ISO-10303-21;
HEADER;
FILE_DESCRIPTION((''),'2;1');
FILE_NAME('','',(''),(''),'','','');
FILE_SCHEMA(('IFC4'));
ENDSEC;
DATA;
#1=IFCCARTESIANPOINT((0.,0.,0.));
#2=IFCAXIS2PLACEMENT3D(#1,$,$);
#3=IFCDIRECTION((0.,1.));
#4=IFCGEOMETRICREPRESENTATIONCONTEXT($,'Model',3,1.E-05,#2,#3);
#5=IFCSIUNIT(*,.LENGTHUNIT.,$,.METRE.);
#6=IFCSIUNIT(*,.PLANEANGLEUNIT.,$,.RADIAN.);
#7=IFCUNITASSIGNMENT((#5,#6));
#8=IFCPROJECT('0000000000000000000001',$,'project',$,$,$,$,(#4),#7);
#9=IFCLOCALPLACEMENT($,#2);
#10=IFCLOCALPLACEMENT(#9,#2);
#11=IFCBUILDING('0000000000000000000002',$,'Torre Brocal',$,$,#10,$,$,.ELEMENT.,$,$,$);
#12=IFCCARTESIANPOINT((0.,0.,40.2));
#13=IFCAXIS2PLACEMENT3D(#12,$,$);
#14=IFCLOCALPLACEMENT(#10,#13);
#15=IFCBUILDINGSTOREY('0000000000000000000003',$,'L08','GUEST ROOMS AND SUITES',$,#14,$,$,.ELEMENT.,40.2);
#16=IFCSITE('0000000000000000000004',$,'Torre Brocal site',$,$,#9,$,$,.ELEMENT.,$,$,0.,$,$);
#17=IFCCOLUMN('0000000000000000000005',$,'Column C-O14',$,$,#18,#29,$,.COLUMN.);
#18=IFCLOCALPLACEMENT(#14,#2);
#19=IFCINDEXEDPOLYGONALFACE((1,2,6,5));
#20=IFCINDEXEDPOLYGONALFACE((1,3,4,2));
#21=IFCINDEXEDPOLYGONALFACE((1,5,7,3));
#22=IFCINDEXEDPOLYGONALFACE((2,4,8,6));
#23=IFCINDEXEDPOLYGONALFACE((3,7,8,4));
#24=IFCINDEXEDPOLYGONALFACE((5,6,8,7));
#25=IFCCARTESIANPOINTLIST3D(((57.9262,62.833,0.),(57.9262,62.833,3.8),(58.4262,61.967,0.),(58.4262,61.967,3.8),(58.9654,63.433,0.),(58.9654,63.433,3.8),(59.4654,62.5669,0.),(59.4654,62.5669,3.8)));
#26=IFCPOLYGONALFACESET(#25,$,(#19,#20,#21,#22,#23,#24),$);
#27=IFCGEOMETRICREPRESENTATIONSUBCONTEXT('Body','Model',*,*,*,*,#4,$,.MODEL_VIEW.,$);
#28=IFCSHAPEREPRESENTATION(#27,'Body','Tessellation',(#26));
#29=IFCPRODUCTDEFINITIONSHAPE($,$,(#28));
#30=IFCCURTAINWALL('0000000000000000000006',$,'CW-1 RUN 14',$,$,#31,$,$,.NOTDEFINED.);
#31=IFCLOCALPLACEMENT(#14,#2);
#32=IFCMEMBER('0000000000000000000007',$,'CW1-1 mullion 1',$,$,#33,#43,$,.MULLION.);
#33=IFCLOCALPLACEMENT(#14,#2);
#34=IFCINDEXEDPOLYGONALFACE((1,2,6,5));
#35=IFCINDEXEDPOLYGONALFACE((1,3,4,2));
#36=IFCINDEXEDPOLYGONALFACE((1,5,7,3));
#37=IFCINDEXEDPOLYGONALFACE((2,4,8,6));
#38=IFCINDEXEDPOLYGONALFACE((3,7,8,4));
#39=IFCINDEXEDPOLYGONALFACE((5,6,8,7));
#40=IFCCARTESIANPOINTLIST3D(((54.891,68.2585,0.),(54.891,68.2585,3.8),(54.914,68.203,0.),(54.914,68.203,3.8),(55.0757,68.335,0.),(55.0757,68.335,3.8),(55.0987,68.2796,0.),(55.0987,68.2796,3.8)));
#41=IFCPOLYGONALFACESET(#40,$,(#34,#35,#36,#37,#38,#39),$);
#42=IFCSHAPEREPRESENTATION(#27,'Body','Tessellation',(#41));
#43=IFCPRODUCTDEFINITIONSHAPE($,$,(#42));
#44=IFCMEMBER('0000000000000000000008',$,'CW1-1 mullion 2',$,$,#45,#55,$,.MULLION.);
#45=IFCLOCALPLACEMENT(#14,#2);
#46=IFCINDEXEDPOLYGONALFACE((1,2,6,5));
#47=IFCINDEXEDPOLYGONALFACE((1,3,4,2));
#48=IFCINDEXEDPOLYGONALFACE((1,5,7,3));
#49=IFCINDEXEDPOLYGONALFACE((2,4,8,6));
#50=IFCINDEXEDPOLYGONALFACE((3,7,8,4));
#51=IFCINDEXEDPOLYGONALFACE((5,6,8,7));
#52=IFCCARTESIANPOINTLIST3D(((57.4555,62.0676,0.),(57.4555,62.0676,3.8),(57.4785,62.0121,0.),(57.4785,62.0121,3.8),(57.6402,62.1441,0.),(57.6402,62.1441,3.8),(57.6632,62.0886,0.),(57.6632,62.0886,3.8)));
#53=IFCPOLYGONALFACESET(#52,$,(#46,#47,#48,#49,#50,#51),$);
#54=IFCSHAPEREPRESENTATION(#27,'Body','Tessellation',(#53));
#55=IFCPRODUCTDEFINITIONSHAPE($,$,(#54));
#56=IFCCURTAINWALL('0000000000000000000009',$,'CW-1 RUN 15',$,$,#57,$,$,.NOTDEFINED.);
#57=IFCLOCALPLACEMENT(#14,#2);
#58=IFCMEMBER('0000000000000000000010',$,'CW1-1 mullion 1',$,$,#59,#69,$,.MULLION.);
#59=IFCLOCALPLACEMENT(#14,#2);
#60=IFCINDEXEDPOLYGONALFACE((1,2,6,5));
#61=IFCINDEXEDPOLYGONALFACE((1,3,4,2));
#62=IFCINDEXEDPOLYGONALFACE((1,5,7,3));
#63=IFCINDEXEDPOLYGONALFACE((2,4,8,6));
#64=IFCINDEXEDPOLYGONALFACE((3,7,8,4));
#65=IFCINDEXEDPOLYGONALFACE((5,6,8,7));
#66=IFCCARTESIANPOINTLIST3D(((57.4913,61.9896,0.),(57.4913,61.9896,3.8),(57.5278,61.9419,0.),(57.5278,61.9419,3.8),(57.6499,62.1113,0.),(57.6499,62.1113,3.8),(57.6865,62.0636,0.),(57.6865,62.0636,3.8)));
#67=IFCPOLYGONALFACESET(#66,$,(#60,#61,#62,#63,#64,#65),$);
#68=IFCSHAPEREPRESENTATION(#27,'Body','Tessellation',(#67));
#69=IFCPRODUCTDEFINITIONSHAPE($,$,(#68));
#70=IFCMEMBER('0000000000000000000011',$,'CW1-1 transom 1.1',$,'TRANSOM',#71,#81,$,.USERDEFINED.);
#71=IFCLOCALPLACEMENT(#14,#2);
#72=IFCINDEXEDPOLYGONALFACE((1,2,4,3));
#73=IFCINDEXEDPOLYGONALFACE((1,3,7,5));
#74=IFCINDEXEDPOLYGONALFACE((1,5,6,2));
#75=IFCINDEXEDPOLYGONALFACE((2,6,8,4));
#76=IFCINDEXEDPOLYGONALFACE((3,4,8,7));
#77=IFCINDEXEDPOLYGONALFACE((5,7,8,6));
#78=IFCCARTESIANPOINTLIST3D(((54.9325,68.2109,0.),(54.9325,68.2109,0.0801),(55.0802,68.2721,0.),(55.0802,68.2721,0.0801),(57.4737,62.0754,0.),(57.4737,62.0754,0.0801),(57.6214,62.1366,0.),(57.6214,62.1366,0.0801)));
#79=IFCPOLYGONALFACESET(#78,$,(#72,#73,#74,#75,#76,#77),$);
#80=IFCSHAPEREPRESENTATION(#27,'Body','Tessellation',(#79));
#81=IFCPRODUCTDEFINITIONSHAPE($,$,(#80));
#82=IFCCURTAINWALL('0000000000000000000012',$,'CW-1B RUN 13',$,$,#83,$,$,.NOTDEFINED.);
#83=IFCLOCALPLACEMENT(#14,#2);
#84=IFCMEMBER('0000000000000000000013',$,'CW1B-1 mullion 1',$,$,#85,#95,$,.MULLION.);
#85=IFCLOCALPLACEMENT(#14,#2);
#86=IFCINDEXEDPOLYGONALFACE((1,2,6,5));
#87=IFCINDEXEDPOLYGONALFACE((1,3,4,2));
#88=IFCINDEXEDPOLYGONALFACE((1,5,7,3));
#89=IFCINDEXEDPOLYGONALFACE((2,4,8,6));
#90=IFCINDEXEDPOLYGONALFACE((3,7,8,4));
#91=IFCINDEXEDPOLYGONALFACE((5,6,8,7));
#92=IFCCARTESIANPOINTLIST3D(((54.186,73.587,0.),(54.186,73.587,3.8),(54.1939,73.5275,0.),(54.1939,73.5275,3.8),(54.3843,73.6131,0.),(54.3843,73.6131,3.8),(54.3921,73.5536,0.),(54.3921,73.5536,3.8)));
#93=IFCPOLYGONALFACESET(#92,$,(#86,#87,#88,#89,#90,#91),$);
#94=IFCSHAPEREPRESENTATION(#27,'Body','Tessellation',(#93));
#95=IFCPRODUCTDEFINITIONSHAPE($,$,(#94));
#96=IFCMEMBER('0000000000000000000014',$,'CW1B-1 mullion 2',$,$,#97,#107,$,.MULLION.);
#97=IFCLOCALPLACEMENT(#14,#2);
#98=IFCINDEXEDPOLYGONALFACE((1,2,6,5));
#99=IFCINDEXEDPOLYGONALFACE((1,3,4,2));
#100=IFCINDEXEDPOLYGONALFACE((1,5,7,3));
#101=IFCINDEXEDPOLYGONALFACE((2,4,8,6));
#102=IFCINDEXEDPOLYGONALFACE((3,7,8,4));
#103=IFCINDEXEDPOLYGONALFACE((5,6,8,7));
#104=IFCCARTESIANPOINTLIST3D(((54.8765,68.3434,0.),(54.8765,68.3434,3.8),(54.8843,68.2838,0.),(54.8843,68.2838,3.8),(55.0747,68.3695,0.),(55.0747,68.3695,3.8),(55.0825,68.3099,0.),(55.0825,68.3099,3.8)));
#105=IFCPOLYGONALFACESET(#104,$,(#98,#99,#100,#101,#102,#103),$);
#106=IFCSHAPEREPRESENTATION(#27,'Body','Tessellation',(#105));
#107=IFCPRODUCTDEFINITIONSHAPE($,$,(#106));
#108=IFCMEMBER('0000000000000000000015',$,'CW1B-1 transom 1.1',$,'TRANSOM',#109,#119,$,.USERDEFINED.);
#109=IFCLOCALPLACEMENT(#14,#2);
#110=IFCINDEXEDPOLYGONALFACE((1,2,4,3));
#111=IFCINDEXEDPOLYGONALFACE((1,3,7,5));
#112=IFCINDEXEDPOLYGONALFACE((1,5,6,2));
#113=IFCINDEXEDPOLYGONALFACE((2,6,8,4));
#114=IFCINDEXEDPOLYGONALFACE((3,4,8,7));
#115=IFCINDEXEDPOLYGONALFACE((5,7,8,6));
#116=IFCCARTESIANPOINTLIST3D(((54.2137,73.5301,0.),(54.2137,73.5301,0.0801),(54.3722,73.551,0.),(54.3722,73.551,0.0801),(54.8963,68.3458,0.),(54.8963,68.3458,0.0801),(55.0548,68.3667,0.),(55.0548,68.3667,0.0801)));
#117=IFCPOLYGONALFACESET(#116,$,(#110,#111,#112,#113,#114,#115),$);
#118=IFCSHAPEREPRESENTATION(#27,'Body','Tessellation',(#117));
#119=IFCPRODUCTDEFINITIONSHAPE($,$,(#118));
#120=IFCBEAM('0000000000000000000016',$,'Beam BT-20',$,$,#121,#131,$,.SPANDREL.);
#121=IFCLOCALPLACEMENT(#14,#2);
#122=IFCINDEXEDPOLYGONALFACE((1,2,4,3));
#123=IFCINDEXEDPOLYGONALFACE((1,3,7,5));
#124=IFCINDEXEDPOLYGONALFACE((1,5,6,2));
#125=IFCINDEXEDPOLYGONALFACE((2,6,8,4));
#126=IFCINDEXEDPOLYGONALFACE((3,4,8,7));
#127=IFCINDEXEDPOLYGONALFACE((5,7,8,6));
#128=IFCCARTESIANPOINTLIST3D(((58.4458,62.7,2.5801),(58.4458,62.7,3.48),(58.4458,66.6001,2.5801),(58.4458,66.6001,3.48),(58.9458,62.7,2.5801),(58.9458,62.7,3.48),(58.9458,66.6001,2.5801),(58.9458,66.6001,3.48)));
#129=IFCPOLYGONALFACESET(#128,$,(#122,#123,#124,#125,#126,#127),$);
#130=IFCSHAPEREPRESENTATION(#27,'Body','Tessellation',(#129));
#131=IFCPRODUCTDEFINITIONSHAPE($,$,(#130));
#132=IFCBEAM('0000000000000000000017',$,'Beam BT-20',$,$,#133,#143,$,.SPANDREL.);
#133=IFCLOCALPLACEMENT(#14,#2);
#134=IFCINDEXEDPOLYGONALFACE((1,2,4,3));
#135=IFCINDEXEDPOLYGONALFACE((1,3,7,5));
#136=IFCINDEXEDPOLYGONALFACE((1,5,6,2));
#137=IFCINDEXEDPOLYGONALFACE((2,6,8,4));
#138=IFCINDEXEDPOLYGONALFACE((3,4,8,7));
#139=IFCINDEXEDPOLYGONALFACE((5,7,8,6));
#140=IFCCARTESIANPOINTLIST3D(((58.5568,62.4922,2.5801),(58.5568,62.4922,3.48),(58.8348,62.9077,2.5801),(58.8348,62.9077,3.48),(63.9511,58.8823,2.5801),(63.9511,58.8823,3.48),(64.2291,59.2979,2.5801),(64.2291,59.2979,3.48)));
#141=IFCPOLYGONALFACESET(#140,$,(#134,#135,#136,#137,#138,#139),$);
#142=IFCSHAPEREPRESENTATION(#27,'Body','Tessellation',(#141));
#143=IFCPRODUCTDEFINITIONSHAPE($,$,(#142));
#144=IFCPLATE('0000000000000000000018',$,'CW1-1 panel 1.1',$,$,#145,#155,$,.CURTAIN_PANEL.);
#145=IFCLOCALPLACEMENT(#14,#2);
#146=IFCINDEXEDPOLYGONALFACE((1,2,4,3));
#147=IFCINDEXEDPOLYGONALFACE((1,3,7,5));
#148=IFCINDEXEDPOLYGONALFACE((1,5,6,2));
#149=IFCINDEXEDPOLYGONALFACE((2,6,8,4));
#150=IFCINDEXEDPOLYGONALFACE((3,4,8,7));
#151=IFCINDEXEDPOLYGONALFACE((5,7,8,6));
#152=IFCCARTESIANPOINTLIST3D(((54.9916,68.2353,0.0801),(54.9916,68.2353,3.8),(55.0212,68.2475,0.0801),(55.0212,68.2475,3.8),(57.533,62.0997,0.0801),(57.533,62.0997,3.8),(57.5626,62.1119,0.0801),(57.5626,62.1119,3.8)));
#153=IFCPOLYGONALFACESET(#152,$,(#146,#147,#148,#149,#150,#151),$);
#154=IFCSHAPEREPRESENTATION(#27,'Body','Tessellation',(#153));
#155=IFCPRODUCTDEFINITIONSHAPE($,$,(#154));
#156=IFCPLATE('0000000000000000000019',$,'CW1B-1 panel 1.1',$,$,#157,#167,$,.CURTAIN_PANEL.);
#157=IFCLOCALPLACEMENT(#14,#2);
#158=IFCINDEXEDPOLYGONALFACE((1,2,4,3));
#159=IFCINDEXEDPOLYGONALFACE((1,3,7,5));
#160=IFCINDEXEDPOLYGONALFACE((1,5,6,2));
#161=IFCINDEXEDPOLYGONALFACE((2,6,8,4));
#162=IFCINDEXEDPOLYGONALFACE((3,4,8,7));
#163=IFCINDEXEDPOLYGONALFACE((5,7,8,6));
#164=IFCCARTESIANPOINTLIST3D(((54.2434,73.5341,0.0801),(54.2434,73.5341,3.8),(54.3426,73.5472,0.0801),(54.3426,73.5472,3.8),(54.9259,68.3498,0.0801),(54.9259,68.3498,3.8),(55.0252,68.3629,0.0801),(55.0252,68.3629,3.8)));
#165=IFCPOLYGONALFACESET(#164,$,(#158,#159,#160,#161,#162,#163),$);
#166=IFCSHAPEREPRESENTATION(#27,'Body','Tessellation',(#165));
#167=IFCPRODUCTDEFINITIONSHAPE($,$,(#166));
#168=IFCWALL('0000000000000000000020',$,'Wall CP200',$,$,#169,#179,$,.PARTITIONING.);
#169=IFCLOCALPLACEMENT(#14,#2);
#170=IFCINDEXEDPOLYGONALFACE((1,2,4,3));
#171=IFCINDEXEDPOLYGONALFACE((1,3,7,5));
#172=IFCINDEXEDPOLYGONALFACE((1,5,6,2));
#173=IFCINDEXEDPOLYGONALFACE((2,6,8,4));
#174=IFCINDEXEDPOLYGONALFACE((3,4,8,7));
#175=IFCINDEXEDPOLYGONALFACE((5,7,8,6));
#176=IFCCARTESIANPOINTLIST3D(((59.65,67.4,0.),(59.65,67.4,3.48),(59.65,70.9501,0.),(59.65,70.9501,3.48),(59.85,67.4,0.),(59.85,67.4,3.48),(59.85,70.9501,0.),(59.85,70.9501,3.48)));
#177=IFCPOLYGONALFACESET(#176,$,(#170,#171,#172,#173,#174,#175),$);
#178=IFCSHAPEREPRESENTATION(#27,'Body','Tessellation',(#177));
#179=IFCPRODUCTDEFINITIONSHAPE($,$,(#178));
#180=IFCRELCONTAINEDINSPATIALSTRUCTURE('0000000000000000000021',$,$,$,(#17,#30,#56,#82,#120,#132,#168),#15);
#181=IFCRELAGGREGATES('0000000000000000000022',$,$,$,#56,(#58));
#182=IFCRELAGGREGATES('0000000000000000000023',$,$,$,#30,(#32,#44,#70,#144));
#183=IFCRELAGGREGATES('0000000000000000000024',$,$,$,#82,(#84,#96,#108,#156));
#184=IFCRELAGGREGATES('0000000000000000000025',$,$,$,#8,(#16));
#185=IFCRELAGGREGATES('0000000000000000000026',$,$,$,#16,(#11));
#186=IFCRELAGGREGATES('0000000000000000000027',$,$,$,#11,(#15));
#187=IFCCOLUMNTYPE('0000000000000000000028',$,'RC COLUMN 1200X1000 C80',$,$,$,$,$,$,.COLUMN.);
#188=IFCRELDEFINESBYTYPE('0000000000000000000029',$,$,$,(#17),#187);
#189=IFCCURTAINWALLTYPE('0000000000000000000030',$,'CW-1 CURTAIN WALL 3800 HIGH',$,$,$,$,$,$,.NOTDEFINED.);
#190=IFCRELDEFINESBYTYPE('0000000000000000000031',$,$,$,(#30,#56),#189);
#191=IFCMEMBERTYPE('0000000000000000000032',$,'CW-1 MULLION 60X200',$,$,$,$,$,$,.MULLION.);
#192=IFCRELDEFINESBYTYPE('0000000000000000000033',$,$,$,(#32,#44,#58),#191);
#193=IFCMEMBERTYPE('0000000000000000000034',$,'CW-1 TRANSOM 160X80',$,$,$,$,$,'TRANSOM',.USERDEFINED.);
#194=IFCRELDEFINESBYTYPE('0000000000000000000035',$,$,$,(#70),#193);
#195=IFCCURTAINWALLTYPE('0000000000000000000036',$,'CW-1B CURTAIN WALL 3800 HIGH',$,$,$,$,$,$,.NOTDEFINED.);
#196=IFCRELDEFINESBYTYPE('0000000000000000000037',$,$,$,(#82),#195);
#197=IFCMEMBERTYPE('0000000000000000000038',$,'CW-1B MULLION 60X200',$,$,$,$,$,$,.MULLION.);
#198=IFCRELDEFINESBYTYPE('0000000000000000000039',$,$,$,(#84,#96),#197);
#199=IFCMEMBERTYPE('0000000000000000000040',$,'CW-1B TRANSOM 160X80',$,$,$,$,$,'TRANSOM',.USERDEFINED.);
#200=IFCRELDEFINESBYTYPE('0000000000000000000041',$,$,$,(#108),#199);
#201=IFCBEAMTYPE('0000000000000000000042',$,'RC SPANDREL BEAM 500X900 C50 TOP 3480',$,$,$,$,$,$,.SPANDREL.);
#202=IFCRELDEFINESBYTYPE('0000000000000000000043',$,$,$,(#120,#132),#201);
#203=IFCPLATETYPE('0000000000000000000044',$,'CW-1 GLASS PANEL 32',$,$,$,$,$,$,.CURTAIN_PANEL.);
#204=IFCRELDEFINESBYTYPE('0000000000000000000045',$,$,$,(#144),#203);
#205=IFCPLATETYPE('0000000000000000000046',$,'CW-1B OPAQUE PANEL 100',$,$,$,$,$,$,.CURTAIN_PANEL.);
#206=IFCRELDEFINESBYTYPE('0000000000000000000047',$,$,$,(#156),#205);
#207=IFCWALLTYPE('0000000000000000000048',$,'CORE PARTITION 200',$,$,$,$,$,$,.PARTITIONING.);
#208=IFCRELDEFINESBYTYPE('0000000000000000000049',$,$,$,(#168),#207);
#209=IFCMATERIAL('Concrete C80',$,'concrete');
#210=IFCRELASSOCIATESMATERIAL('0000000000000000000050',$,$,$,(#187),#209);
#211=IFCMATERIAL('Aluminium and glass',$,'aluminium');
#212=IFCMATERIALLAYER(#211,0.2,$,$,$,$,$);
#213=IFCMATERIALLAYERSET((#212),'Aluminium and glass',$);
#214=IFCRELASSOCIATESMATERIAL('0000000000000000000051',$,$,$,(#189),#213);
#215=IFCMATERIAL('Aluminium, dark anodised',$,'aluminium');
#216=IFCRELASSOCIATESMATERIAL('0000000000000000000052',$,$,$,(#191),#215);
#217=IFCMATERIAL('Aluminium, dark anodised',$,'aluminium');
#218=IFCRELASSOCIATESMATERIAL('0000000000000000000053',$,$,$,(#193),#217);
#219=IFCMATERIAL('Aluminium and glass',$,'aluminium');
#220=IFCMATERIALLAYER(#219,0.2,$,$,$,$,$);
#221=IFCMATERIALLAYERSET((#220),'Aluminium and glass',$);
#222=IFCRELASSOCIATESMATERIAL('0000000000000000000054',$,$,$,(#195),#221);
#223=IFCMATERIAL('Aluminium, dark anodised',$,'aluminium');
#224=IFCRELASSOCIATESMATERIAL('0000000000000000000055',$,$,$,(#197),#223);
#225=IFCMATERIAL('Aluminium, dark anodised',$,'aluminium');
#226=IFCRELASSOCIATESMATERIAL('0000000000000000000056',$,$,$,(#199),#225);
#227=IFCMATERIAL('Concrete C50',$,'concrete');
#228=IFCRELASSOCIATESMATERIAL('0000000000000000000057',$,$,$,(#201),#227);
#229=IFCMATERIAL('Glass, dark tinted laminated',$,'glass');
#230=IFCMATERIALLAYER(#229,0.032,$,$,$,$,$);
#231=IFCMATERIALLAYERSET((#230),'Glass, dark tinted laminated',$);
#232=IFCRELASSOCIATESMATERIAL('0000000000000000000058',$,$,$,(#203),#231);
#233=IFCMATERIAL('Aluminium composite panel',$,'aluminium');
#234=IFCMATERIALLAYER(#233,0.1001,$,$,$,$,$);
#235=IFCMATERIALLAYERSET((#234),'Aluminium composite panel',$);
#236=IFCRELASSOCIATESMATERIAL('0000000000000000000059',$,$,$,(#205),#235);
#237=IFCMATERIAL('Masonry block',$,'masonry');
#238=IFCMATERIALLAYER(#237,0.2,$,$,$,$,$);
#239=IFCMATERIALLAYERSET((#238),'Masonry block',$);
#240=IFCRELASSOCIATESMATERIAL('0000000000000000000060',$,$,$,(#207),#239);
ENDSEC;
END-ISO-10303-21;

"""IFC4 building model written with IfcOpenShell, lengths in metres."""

from ifc_helpers import new_model, si_unit, direction, frame, frame_2d, origin, origin_2d, place, context, subcontext, project, spatial, rectangle, extrude, material, layer, layer_set, material_profile, profile_set, type_object, element, aggregate, save


model = new_model("IFC4")

# Units and contexts
model_context = context("Model", 3, precision=1e-05, world=origin(), true_north=direction((0.0, 1.0)))
body_context = subcontext(model_context, "Body", "Model", "MODEL_VIEW")
ifc_project = project(units=[si_unit("LENGTHUNIT", "METRE"), si_unit("PLANEANGLEUNIT", "RADIAN")], contexts=[model_context])

# Site, building, storey
site_placement = place(None, origin())
site = spatial("IfcSite", under=ifc_project, at=site_placement, Name="Torre Brocal site", CompositionType="ELEMENT", RefElevation=0.0)
building_placement = place(site_placement, origin())
building = spatial("IfcBuilding", under=site, at=building_placement, Name="Torre Brocal", CompositionType="ELEMENT")
storey_placement = place(building_placement, frame((0.0, 0.0, 40.2)))
storey = spatial("IfcBuildingStorey", under=building, at=storey_placement, Name="L08", Description="GUEST ROOMS AND SUITES", CompositionType="ELEMENT", Elevation=40.2)

# Column
ifc_material_1 = material(Name="Concrete C80", Category="concrete")
ifc_material_profile_1 = material_profile(ifc_material_1, rectangle(XDim=1.2, YDim=1.0, at=origin_2d()), Name="RC 1200X1000")
ifc_profile_set_1 = profile_set([ifc_material_profile_1], Name="Concrete C80")
column_type = type_object("IfcColumnType", Name="RC COLUMN 1200X1000 C80", PredefinedType="COLUMN", material=ifc_profile_set_1)
column_placement = place(storey_placement, frame((58.6958, 62.7, 0.0), z_axis=(0.0, 0.0, 1.0), x_axis=(-0.866025, -0.5, 0.0)))
element("IfcColumn", 1, at=column_placement, inside=storey, type_object=column_type, Name="Column C-O14", PredefinedType="COLUMN", context=body_context, shape_type="SweptSolid", body=[
    extrude(rectangle(XDim=1.2, YDim=1.0, at=origin_2d()), origin(), (0.0, 0.0, 1.0), 3.8),
])

# Curtain wall, members
ifc_material_2 = material(Name="Aluminium and glass", Category="aluminium")
ifc_layer_1 = layer(ifc_material_2, 0.2)
ifc_layer_set_1 = layer_set([ifc_layer_1], Name="Aluminium and glass")
curtain_wall_type_1 = type_object("IfcCurtainWallType", Name="CW-1 CURTAIN WALL 3800 HIGH", PredefinedType="NOTDEFINED", material=ifc_layer_set_1)
curtain_wall_1_placement = place(storey_placement, origin())
curtain_wall_1 = element("IfcCurtainWall", 2, at=curtain_wall_1_placement, inside=storey, type_object=curtain_wall_type_1, Name="CW-1 RUN 14", PredefinedType="NOTDEFINED")
ifc_material_3 = material(Name="Aluminium, dark anodised", Category="aluminium")
ifc_material_profile_2 = material_profile(ifc_material_3, rectangle(XDim=0.2, YDim=0.0601, at=origin_2d()), Name="CW-1 MULLION 60X200")
ifc_profile_set_2 = profile_set([ifc_material_profile_2], Name="Aluminium, dark anodised")
member_type_1 = type_object("IfcMemberType", Name="CW-1 MULLION 60X200", PredefinedType="MULLION", material=ifc_profile_set_2)
member_1_placement = place(storey_placement, frame((54.9949, 68.269, 0.0), z_axis=(0.0, 0.0, 1.0), x_axis=(0.92388, 0.382683, 0.0)))
member_1 = element("IfcMember", 3, at=member_1_placement, type_object=member_type_1, Name="CW1-1 mullion 1", PredefinedType="MULLION", context=body_context, shape_type="SweptSolid", body=[
    extrude(rectangle(XDim=0.2, YDim=0.0601, at=origin_2d()), origin(), (0.0, 0.0, 1.0), 3.8),
])
member_2_placement = place(storey_placement, frame((57.5593, 62.0781, 0.0), z_axis=(0.0, 0.0, 1.0), x_axis=(0.92388, 0.382683, 0.0)))
member_2 = element("IfcMember", 4, at=member_2_placement, type_object=member_type_1, Name="CW1-1 mullion 2", PredefinedType="MULLION", context=body_context, shape_type="SweptSolid", body=[
    extrude(rectangle(XDim=0.2, YDim=0.0601, at=origin_2d()), origin(), (0.0, 0.0, 1.0), 3.8),
])

# Curtain wall, member
curtain_wall_2_placement = place(storey_placement, origin())
curtain_wall_2 = element("IfcCurtainWall", 5, at=curtain_wall_2_placement, inside=storey, type_object=curtain_wall_type_1, Name="CW-1 RUN 15", PredefinedType="NOTDEFINED")
member_3_placement = place(storey_placement, frame((57.5889, 62.0266, 0.0), z_axis=(0.0, 0.0, 1.0), x_axis=(0.793353, 0.608761, 0.0)))
member_3 = element("IfcMember", 6, at=member_3_placement, type_object=member_type_1, Name="CW1-1 mullion 1", PredefinedType="MULLION", context=body_context, shape_type="SweptSolid", body=[
    extrude(rectangle(XDim=0.2, YDim=0.0601, at=origin_2d()), origin(), (0.0, 0.0, 1.0), 3.8),
])
aggregate(curtain_wall_2, [member_3])

# Member
ifc_material_4 = material(Name="Aluminium, dark anodised", Category="aluminium")
ifc_material_profile_3 = material_profile(ifc_material_4, rectangle(XDim=0.1599, YDim=0.0801, at=origin_2d()), Name="CW-1 TRANSOM 160X80")
ifc_profile_set_3 = profile_set([ifc_material_profile_3], Name="Aluminium, dark anodised")
member_type_2 = type_object("IfcMemberType", Name="CW-1 TRANSOM 160X80", ElementType="TRANSOM", PredefinedType="USERDEFINED", material=ifc_profile_set_3)
member_4_placement = place(storey_placement, frame((55.0063, 68.2415, 0.04), z_axis=(0.382665, -0.923887, 0.0), x_axis=(0.923887, 0.382665, 0.0)))
member_4 = element("IfcMember", 7, at=member_4_placement, type_object=member_type_2, Name="CW1-1 transom 1.1", ObjectType="TRANSOM", PredefinedType="USERDEFINED", context=body_context, shape_type="SweptSolid", body=[
    extrude(rectangle(XDim=0.1599, YDim=0.0801, at=origin_2d()), origin(), (0.0, 0.0, 1.0), 6.6409),
])

# Curtain wall, members
ifc_material_5 = material(Name="Aluminium and glass", Category="aluminium")
ifc_layer_2 = layer(ifc_material_5, 0.2)
ifc_layer_set_2 = layer_set([ifc_layer_2], Name="Aluminium and glass")
curtain_wall_type_2 = type_object("IfcCurtainWallType", Name="CW-1B CURTAIN WALL 3800 HIGH", PredefinedType="NOTDEFINED", material=ifc_layer_set_2)
curtain_wall_3_placement = place(storey_placement, origin())
curtain_wall_3 = element("IfcCurtainWall", 8, at=curtain_wall_3_placement, inside=storey, type_object=curtain_wall_type_2, Name="CW-1B RUN 13", PredefinedType="NOTDEFINED")
ifc_material_6 = material(Name="Aluminium, dark anodised", Category="aluminium")
ifc_material_profile_4 = material_profile(ifc_material_6, rectangle(XDim=0.2, YDim=0.0601, at=origin_2d()), Name="CW-1B MULLION 60X200")
ifc_profile_set_4 = profile_set([ifc_material_profile_4], Name="Aluminium, dark anodised")
member_type_3 = type_object("IfcMemberType", Name="CW-1B MULLION 60X200", PredefinedType="MULLION", material=ifc_profile_set_4)
member_5_placement = place(storey_placement, frame((54.2891, 73.5703, 0.0), z_axis=(0.0, 0.0, 1.0), x_axis=(0.991445, 0.130526, 0.0)))
member_5 = element("IfcMember", 9, at=member_5_placement, type_object=member_type_3, Name="CW1B-1 mullion 1", PredefinedType="MULLION", context=body_context, shape_type="SweptSolid", body=[
    extrude(rectangle(XDim=0.2, YDim=0.0601, at=origin_2d()), origin(), (0.0, 0.0, 1.0), 3.8),
])
member_6_placement = place(storey_placement, frame((54.9795, 68.3267, 0.0), z_axis=(0.0, 0.0, 1.0), x_axis=(0.991445, 0.130526, 0.0)))
member_6 = element("IfcMember", 10, at=member_6_placement, type_object=member_type_3, Name="CW1B-1 mullion 2", PredefinedType="MULLION", context=body_context, shape_type="SweptSolid", body=[
    extrude(rectangle(XDim=0.2, YDim=0.0601, at=origin_2d()), origin(), (0.0, 0.0, 1.0), 3.8),
])
ifc_material_7 = material(Name="Aluminium, dark anodised", Category="aluminium")
ifc_material_profile_5 = material_profile(ifc_material_7, rectangle(XDim=0.1599, YDim=0.0801, at=origin_2d()), Name="CW-1B TRANSOM 160X80")
ifc_profile_set_5 = profile_set([ifc_material_profile_5], Name="Aluminium, dark anodised")
member_type_4 = type_object("IfcMemberType", Name="CW-1B TRANSOM 160X80", ElementType="TRANSOM", PredefinedType="USERDEFINED", material=ifc_profile_set_5)
member_7_placement = place(storey_placement, frame((54.293, 73.5405, 0.04), z_axis=(0.130543, -0.991443, 0.0), x_axis=(0.991443, 0.130543, 0.0)))
member_7 = element("IfcMember", 11, at=member_7_placement, type_object=member_type_4, Name="CW1B-1 transom 1.1", ObjectType="TRANSOM", PredefinedType="USERDEFINED", context=body_context, shape_type="SweptSolid", body=[
    extrude(rectangle(XDim=0.1599, YDim=0.0801, at=origin_2d()), origin(), (0.0, 0.0, 1.0), 5.229),
])

# Beams
ifc_material_8 = material(Name="Concrete C50", Category="concrete")
ifc_material_profile_6 = material_profile(ifc_material_8, rectangle(XDim=0.5, YDim=0.8999, at=origin_2d()), Name="RC 500X900")
ifc_profile_set_6 = profile_set([ifc_material_profile_6], Name="Concrete C50")
beam_type = type_object("IfcBeamType", Name="RC SPANDREL BEAM 500X900 C50 TOP 3480", PredefinedType="SPANDREL", material=ifc_profile_set_6)
beam_1_placement = place(storey_placement, frame((58.6958, 62.7, 3.03), z_axis=(0.0, 1.0, 0.0), x_axis=(-1.0, 0.0, 0.0)))
element("IfcBeam", 12, at=beam_1_placement, inside=storey, type_object=beam_type, Name="Beam BT-20", PredefinedType="SPANDREL", context=body_context, shape_type="SweptSolid", body=[
    extrude(rectangle(XDim=0.5, YDim=0.8999, at=origin_2d()), origin(), (0.0, 0.0, 1.0), 3.9001),
])
beam_2_placement = place(storey_placement, frame((58.6958, 62.7, 3.03), z_axis=(0.831077, -0.556158, 0.0), x_axis=(0.556158, 0.831077, 0.0)))
element("IfcBeam", 13, at=beam_2_placement, inside=storey, type_object=beam_type, Name="Beam BT-20", PredefinedType="SPANDREL", context=body_context, shape_type="SweptSolid", body=[
    extrude(rectangle(XDim=0.5, YDim=0.8999, at=origin_2d()), origin(), (0.0, 0.0, 1.0), 6.4907),
])

# Plates
ifc_material_9 = material(Name="Glass, dark tinted laminated", Category="glass")
ifc_layer_3 = layer(ifc_material_9, 0.032)
ifc_layer_set_3 = layer_set([ifc_layer_3], Name="Glass, dark tinted laminated")
plate_type_1 = type_object("IfcPlateType", Name="CW-1 GLASS PANEL 32", PredefinedType="CURTAIN_PANEL", material=ifc_layer_set_3)
plate_1_placement = place(storey_placement, frame((56.2771, 65.1736, 0.0801), z_axis=(0.0, 0.0, 1.0), x_axis=(0.382683, -0.92388, 0.0)))
plate_1 = element("IfcPlate", 14, at=plate_1_placement, type_object=plate_type_1, Name="CW1-1 panel 1.1", PredefinedType="CURTAIN_PANEL", context=body_context, shape_type="SweptSolid", body=[
    extrude(rectangle(XDim=6.6411, YDim=0.032, at=origin_2d()), origin(), (0.0, 0.0, 1.0), 3.72),
])
aggregate(curtain_wall_1, [member_1, member_2, member_4, plate_1])
ifc_material_10 = material(Name="Aluminium composite panel", Category="aluminium")
ifc_layer_4 = layer(ifc_material_10, 0.1001)
ifc_layer_set_4 = layer_set([ifc_layer_4], Name="Aluminium composite panel")
plate_type_2 = type_object("IfcPlateType", Name="CW-1B OPAQUE PANEL 100", PredefinedType="CURTAIN_PANEL", material=ifc_layer_set_4)
plate_2_placement = place(storey_placement, frame((54.6343, 70.9485, 0.0801), z_axis=(0.0, 0.0, 1.0), x_axis=(0.130526, -0.991445, 0.0)))
plate_2 = element("IfcPlate", 15, at=plate_2_placement, type_object=plate_type_2, Name="CW1B-1 panel 1.1", PredefinedType="CURTAIN_PANEL", context=body_context, shape_type="SweptSolid", body=[
    extrude(rectangle(XDim=5.229, YDim=0.1001, at=origin_2d()), origin(), (0.0, 0.0, 1.0), 3.72),
])
aggregate(curtain_wall_3, [member_5, member_6, member_7, plate_2])

# Wall
ifc_material_11 = material(Name="Masonry block", Category="masonry")
ifc_layer_5 = layer(ifc_material_11, 0.2)
ifc_layer_set_5 = layer_set([ifc_layer_5], Name="Masonry block")
wall_type_1 = type_object("IfcWallType", Name="CORE PARTITION 200", PredefinedType="PARTITIONING", material=ifc_layer_set_5)
wall_1_placement = place(storey_placement, frame((59.75, 70.95, 0.0), z_axis=(0.0, 0.0, 1.0), x_axis=(0.0, -1.0, 0.0)))
element("IfcWall", 16, at=wall_1_placement, inside=storey, type_object=wall_type_1, Name="Wall CP200", PredefinedType="PARTITIONING", context=body_context, shape_type="SweptSolid", body=[
    extrude(rectangle(XDim=3.55, YDim=0.2, at=frame_2d((1.7749, 0.0))), origin(), (0.0, 0.0, 1.0), 3.48),
])

save(model, "model.ifc")
